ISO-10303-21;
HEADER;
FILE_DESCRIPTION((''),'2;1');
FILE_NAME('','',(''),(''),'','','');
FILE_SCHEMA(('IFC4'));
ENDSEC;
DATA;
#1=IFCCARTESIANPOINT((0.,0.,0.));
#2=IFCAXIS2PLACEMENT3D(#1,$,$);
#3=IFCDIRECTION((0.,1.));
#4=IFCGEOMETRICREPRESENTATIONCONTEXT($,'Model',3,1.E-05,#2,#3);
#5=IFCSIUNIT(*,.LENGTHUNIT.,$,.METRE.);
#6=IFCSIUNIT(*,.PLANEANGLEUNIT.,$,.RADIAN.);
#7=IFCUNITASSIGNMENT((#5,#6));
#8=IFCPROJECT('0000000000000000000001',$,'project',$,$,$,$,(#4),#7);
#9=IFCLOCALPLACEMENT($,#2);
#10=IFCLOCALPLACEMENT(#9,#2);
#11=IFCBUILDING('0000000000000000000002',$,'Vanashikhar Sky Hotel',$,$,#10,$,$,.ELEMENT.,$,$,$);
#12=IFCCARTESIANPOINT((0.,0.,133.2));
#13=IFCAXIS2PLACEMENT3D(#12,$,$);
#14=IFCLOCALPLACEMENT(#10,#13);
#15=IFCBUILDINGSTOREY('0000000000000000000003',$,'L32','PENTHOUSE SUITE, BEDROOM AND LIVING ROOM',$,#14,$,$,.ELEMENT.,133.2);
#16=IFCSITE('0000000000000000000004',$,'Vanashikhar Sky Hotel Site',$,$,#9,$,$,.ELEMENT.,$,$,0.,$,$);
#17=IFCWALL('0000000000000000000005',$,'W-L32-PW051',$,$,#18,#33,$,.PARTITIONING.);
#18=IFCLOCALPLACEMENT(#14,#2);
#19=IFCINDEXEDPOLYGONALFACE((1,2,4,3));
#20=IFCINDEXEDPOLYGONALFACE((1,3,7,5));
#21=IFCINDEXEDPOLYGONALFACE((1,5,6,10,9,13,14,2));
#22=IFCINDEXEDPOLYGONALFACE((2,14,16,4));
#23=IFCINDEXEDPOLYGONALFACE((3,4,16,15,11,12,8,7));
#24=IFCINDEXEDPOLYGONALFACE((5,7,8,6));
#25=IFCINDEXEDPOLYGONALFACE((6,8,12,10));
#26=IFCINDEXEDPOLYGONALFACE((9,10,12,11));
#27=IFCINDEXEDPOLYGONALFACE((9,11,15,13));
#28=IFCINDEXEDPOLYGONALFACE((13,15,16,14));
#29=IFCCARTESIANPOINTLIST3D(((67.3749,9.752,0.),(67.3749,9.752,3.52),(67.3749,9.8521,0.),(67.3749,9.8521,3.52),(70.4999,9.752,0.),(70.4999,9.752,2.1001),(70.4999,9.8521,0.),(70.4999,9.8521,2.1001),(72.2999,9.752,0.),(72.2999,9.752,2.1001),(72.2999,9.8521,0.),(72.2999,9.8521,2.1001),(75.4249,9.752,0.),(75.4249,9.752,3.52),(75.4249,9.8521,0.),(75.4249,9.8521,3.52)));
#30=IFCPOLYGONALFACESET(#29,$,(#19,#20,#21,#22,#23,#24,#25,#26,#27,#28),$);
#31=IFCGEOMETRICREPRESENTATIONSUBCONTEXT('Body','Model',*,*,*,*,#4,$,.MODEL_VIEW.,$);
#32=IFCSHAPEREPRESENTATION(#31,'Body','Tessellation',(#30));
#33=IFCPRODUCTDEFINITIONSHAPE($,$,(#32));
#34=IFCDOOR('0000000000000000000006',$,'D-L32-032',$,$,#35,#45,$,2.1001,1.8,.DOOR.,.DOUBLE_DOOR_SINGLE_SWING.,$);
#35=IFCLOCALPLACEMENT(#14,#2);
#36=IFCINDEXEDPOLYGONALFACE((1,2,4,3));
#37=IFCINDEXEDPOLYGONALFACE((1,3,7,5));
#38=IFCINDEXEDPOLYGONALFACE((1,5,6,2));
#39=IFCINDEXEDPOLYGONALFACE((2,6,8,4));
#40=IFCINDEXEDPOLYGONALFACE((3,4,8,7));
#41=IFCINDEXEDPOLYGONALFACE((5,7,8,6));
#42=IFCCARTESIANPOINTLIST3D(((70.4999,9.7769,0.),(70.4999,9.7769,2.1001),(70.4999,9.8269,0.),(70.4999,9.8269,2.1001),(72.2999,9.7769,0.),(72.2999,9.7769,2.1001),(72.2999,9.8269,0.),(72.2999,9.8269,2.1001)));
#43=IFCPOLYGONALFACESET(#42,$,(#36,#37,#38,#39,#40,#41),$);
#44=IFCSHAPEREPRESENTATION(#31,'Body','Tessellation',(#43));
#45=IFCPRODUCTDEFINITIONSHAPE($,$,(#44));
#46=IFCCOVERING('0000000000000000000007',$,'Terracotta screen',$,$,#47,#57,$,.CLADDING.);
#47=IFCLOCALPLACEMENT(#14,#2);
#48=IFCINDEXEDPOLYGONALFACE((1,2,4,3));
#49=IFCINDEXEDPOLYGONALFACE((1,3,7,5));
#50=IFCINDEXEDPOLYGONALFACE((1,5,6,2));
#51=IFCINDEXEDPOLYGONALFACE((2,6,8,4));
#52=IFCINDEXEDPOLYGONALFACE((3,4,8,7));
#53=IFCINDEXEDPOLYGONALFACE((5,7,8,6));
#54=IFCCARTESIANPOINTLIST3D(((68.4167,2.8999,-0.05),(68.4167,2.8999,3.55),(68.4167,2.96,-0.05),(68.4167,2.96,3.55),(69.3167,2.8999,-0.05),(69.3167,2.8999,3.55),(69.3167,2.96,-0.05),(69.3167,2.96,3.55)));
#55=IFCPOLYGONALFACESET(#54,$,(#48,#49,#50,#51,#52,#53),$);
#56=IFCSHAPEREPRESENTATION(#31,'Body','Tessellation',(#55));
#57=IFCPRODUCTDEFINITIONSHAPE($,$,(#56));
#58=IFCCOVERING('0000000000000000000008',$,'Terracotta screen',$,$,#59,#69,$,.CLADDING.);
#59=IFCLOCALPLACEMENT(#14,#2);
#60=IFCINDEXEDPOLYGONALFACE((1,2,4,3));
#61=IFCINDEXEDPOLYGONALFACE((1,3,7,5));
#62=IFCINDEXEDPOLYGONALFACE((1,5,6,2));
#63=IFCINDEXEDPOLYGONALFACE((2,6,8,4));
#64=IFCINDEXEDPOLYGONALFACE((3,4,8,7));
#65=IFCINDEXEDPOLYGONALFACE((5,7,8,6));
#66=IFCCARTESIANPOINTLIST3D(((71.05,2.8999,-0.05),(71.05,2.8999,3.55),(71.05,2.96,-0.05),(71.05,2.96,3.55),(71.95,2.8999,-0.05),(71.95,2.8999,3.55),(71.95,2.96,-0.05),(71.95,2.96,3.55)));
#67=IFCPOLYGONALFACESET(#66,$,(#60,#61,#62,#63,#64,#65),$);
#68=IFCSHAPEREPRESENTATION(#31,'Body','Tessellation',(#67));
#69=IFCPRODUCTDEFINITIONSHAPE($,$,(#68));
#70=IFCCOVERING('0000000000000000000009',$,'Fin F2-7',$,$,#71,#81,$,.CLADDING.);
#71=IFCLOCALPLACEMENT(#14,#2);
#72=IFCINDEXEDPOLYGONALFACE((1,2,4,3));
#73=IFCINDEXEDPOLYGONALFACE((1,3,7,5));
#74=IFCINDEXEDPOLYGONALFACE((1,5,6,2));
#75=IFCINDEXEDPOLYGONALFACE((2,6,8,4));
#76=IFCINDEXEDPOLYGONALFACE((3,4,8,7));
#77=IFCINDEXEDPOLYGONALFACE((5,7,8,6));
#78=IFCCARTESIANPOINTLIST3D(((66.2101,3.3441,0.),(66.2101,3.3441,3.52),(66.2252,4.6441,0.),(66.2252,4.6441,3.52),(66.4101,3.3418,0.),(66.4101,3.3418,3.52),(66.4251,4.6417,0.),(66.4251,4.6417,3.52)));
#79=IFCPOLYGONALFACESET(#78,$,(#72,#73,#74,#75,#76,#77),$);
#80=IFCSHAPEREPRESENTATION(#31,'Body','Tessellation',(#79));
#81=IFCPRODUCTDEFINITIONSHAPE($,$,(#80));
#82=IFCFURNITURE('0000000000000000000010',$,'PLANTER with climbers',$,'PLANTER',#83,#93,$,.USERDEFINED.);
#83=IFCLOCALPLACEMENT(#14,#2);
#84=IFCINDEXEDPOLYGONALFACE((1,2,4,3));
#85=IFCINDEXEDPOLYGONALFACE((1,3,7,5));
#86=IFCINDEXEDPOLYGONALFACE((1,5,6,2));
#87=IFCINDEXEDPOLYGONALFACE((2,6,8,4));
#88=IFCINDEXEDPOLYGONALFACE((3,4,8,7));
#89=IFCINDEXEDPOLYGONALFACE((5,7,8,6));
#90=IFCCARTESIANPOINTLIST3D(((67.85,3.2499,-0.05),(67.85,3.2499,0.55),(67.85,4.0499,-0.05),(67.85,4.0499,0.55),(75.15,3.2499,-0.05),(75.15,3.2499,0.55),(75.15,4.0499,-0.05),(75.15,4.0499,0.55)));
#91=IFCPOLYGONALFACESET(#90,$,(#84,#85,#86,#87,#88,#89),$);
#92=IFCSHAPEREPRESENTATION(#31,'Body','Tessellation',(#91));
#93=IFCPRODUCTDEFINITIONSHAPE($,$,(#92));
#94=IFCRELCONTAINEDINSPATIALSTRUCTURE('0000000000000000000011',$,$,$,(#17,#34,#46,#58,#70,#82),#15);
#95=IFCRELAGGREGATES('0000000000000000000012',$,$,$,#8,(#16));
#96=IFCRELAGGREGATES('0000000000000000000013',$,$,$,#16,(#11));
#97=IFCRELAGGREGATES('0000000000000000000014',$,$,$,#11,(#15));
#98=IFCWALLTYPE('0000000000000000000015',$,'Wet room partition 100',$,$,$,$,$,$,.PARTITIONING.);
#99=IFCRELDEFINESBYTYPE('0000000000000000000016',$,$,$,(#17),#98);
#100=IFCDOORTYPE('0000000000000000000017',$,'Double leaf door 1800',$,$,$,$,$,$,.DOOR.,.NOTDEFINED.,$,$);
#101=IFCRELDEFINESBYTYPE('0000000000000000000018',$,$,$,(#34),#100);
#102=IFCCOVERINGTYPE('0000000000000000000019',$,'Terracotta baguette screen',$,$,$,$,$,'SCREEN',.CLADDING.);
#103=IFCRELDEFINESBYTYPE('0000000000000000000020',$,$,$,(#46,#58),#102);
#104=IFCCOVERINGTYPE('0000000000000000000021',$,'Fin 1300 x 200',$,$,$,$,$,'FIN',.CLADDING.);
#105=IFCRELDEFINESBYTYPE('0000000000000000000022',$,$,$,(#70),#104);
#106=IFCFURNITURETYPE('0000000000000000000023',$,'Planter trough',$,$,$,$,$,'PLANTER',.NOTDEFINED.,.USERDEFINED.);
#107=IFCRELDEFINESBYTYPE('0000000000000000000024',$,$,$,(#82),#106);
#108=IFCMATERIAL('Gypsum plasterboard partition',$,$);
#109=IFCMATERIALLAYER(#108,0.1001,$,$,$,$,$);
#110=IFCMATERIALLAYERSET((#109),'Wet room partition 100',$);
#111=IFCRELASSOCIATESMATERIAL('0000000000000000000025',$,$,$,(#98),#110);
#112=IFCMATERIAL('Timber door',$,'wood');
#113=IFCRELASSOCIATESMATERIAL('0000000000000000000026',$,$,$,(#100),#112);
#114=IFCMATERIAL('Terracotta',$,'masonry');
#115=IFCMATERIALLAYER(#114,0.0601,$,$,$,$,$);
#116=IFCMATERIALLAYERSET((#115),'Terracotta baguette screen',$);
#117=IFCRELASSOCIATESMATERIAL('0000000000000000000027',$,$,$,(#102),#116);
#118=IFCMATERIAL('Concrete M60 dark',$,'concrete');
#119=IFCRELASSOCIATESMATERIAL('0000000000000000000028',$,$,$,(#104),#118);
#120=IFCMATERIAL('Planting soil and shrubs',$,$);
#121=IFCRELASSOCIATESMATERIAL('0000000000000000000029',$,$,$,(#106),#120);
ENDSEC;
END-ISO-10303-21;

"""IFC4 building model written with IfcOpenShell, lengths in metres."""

from ifc_helpers import new_model, si_unit, direction, frame, frame_2d, origin, origin_2d, place, context, subcontext, project, spatial, rectangle, extrude, source, transform, mapped, material, layer, layer_set, material_profile, profile_set, type_object, element, fill, save


model = new_model("IFC4")

# Units and contexts
model_context = context("Model", 3, precision=1e-05, world=origin(), true_north=direction((0.0, 1.0)))
body_context = subcontext(model_context, "Body", "Model", "MODEL_VIEW")
ifc_project = project(units=[si_unit("LENGTHUNIT", "METRE"), si_unit("PLANEANGLEUNIT", "RADIAN")], contexts=[model_context])

# Site, building, storey
site_placement = place(None, origin())
site = spatial("IfcSite", under=ifc_project, at=site_placement, Name="Vanashikhar Sky Hotel Site", CompositionType="ELEMENT", RefElevation=0.0)
building_placement = place(site_placement, origin())
building = spatial("IfcBuilding", under=site, at=building_placement, Name="Vanashikhar Sky Hotel", CompositionType="ELEMENT")
storey_placement = place(building_placement, frame((0.0, 0.0, 133.2)))
storey = spatial("IfcBuildingStorey", under=building, at=storey_placement, Name="L32", Description="PENTHOUSE SUITE, BEDROOM AND LIVING ROOM", CompositionType="ELEMENT", Elevation=133.2)

# Shared definitions
ifc_material_1 = material(Name="Gypsum plasterboard partition")
ifc_layer_1 = layer(ifc_material_1, 0.1001)
ifc_layer_set_1 = layer_set([ifc_layer_1], Name="Wet room partition 100")
wall_type_1 = type_object("IfcWallType", Name="Wet room partition 100", PredefinedType="PARTITIONING", material=ifc_layer_set_1)
ifc_material_2 = material(Name="Timber door", Category="wood")

# Wall, opening, door
shared_shape_1 = source(origin(), body_context, "Body", "SweptSolid", [
    extrude(rectangle(XDim=8.05, YDim=0.1001, at=frame_2d((4.0249, 0.0))), origin(), (0.0, 0.0, 1.0), 3.52),
])
wall_1_placement = place(storey_placement, frame((67.375, 9.802, 0.0), z_axis=(0.0, 0.0, 1.0), x_axis=(1.0, 0.0, 0.0)))
wall_1 = element("IfcWall", 1, at=wall_1_placement, inside=storey, type_object=wall_type_1, Name="W-L32-PW051", PredefinedType="PARTITIONING", context=body_context, shape_type="MappedRepresentation", body=[
    mapped(shared_shape_1, transform((0.0, 0.0, 0.0), scale=1.0)),
])
shared_shape_2 = source(origin(), body_context, "Body", "SweptSolid", [
    extrude(rectangle(XDim=1.8, YDim=2.1001, at=frame_2d((0.8999, 1.05))), frame((0.0, 0.0601, 0.0), z_axis=(0.0, -1.0, 0.0), x_axis=(1.0, 0.0, 0.0)), (0.0, 0.0, 1.0), 0.1201),
])
opening_1_placement = place(wall_1_placement, frame((3.125, 0.0, 0.0)))
opening_1 = element("IfcOpeningElement", 2, at=opening_1_placement, cuts=wall_1, PredefinedType="OPENING", context=body_context, shape_type="MappedRepresentation", body=[
    mapped(shared_shape_2, transform((0.0, 0.0, 0.0), scale=1.0)),
])
door_type_1 = type_object("IfcDoorType", Name="Double leaf door 1800", OperationType="NOTDEFINED", PredefinedType="DOOR", material=ifc_material_2)
shared_shape_3 = source(origin(), body_context, "Body", "SweptSolid", [
    extrude(rectangle(XDim=1.8, YDim=2.1001, at=frame_2d((0.8999, 1.05))), frame((0.0, 0.0249, 0.0), z_axis=(0.0, -1.0, 0.0), x_axis=(1.0, 0.0, 0.0)), (0.0, 0.0, 1.0), 0.05),
])
door_1_placement = place(opening_1_placement, origin())
door_1 = element("IfcDoor", 3, at=door_1_placement, inside=storey, type_object=door_type_1, Name="D-L32-032", OperationType="DOUBLE_DOOR_SINGLE_SWING", OverallHeight=2.1001, OverallWidth=1.8, PredefinedType="DOOR", context=body_context, shape_type="MappedRepresentation", body=[
    mapped(shared_shape_3, transform((0.0, 0.0, 0.0), scale=1.0)),
])
fill(opening_1, door_1)

# Coverings
ifc_material_3 = material(Name="Terracotta", Category="masonry")
ifc_layer_2 = layer(ifc_material_3, 0.0601)
ifc_layer_set_2 = layer_set([ifc_layer_2], Name="Terracotta baguette screen")
covering_type_1 = type_object("IfcCoveringType", Name="Terracotta baguette screen", ElementType="SCREEN", PredefinedType="CLADDING", material=ifc_layer_set_2)
shared_shape_4 = source(origin(), body_context, "Body", "SweptSolid", [
    extrude(rectangle(XDim=0.8999, YDim=0.0601, at=origin_2d()), origin(), (0.0, 0.0, 1.0), 3.6001),
])
for number, where, z_axis, x_axis, name in (
    (4, (68.8667, 2.9299, -0.05), (0.0, 0.0, 1.0), (1.0, 0.0, 0.0), "Terracotta screen"),
    (5, (71.5, 2.9299, -0.05), (0.0, 0.0, 1.0), (1.0, 0.0, 0.0), "Terracotta screen"),
):
    element("IfcCovering", number, at=place(storey_placement, frame(where, z_axis=z_axis, x_axis=x_axis)), inside=storey, type_object=covering_type_1, Name=name, PredefinedType="CLADDING", context=body_context, shape_type="MappedRepresentation", body=[
        mapped(shared_shape_4, transform((0.0, 0.0, 0.0), scale=1.0)),
    ])
ifc_material_4 = material(Name="Concrete M60 dark", Category="concrete")
ifc_material_profile_1 = material_profile(ifc_material_4, rectangle(XDim=1.3, YDim=0.2, at=origin_2d()))
ifc_profile_set_1 = profile_set([ifc_material_profile_1], Name="Fin 1300 x 200")
covering_type_2 = type_object("IfcCoveringType", Name="Fin 1300 x 200", ElementType="FIN", PredefinedType="CLADDING", material=ifc_profile_set_1)
shared_shape_5 = source(origin(), body_context, "Body", "SweptSolid", [
    extrude(rectangle(XDim=1.3, YDim=0.2, at=origin_2d()), origin(), (0.0, 0.0, 1.0), 3.52),
])
covering_placement = place(storey_placement, frame((66.3176, 3.9929, 0.0), z_axis=(0.0, 0.0, 1.0), x_axis=(-0.011589, -0.999933, 0.0)))
element("IfcCovering", 6, at=covering_placement, inside=storey, type_object=covering_type_2, Name="Fin F2-7", PredefinedType="CLADDING", context=body_context, shape_type="MappedRepresentation", body=[
    mapped(shared_shape_5, transform((0.0, 0.0, 0.0), scale=1.0)),
])

# Furniture
ifc_material_5 = material(Name="Planting soil and shrubs")
furniture_type = type_object("IfcFurnitureType", Name="Planter trough", ElementType="PLANTER", AssemblyPlace="NOTDEFINED", PredefinedType="USERDEFINED", material=ifc_material_5)
shared_shape_6 = source(origin(), body_context, "Body", "SweptSolid", [
    extrude(rectangle(XDim=7.3, YDim=0.8, at=origin_2d()), origin(), (0.0, 0.0, 1.0), 0.6001),
])
furniture_placement = place(storey_placement, frame((71.5, 3.6499, -0.05), z_axis=(0.0, 0.0, 1.0), x_axis=(1.0, 0.0, 0.0)))
element("IfcFurniture", 7, at=furniture_placement, inside=storey, type_object=furniture_type, Name="PLANTER with climbers", ObjectType="PLANTER", PredefinedType="USERDEFINED", context=body_context, shape_type="MappedRepresentation", body=[
    mapped(shared_shape_6, transform((0.0, 0.0, 0.0), scale=1.0)),
])

save(model, "model.ifc")
